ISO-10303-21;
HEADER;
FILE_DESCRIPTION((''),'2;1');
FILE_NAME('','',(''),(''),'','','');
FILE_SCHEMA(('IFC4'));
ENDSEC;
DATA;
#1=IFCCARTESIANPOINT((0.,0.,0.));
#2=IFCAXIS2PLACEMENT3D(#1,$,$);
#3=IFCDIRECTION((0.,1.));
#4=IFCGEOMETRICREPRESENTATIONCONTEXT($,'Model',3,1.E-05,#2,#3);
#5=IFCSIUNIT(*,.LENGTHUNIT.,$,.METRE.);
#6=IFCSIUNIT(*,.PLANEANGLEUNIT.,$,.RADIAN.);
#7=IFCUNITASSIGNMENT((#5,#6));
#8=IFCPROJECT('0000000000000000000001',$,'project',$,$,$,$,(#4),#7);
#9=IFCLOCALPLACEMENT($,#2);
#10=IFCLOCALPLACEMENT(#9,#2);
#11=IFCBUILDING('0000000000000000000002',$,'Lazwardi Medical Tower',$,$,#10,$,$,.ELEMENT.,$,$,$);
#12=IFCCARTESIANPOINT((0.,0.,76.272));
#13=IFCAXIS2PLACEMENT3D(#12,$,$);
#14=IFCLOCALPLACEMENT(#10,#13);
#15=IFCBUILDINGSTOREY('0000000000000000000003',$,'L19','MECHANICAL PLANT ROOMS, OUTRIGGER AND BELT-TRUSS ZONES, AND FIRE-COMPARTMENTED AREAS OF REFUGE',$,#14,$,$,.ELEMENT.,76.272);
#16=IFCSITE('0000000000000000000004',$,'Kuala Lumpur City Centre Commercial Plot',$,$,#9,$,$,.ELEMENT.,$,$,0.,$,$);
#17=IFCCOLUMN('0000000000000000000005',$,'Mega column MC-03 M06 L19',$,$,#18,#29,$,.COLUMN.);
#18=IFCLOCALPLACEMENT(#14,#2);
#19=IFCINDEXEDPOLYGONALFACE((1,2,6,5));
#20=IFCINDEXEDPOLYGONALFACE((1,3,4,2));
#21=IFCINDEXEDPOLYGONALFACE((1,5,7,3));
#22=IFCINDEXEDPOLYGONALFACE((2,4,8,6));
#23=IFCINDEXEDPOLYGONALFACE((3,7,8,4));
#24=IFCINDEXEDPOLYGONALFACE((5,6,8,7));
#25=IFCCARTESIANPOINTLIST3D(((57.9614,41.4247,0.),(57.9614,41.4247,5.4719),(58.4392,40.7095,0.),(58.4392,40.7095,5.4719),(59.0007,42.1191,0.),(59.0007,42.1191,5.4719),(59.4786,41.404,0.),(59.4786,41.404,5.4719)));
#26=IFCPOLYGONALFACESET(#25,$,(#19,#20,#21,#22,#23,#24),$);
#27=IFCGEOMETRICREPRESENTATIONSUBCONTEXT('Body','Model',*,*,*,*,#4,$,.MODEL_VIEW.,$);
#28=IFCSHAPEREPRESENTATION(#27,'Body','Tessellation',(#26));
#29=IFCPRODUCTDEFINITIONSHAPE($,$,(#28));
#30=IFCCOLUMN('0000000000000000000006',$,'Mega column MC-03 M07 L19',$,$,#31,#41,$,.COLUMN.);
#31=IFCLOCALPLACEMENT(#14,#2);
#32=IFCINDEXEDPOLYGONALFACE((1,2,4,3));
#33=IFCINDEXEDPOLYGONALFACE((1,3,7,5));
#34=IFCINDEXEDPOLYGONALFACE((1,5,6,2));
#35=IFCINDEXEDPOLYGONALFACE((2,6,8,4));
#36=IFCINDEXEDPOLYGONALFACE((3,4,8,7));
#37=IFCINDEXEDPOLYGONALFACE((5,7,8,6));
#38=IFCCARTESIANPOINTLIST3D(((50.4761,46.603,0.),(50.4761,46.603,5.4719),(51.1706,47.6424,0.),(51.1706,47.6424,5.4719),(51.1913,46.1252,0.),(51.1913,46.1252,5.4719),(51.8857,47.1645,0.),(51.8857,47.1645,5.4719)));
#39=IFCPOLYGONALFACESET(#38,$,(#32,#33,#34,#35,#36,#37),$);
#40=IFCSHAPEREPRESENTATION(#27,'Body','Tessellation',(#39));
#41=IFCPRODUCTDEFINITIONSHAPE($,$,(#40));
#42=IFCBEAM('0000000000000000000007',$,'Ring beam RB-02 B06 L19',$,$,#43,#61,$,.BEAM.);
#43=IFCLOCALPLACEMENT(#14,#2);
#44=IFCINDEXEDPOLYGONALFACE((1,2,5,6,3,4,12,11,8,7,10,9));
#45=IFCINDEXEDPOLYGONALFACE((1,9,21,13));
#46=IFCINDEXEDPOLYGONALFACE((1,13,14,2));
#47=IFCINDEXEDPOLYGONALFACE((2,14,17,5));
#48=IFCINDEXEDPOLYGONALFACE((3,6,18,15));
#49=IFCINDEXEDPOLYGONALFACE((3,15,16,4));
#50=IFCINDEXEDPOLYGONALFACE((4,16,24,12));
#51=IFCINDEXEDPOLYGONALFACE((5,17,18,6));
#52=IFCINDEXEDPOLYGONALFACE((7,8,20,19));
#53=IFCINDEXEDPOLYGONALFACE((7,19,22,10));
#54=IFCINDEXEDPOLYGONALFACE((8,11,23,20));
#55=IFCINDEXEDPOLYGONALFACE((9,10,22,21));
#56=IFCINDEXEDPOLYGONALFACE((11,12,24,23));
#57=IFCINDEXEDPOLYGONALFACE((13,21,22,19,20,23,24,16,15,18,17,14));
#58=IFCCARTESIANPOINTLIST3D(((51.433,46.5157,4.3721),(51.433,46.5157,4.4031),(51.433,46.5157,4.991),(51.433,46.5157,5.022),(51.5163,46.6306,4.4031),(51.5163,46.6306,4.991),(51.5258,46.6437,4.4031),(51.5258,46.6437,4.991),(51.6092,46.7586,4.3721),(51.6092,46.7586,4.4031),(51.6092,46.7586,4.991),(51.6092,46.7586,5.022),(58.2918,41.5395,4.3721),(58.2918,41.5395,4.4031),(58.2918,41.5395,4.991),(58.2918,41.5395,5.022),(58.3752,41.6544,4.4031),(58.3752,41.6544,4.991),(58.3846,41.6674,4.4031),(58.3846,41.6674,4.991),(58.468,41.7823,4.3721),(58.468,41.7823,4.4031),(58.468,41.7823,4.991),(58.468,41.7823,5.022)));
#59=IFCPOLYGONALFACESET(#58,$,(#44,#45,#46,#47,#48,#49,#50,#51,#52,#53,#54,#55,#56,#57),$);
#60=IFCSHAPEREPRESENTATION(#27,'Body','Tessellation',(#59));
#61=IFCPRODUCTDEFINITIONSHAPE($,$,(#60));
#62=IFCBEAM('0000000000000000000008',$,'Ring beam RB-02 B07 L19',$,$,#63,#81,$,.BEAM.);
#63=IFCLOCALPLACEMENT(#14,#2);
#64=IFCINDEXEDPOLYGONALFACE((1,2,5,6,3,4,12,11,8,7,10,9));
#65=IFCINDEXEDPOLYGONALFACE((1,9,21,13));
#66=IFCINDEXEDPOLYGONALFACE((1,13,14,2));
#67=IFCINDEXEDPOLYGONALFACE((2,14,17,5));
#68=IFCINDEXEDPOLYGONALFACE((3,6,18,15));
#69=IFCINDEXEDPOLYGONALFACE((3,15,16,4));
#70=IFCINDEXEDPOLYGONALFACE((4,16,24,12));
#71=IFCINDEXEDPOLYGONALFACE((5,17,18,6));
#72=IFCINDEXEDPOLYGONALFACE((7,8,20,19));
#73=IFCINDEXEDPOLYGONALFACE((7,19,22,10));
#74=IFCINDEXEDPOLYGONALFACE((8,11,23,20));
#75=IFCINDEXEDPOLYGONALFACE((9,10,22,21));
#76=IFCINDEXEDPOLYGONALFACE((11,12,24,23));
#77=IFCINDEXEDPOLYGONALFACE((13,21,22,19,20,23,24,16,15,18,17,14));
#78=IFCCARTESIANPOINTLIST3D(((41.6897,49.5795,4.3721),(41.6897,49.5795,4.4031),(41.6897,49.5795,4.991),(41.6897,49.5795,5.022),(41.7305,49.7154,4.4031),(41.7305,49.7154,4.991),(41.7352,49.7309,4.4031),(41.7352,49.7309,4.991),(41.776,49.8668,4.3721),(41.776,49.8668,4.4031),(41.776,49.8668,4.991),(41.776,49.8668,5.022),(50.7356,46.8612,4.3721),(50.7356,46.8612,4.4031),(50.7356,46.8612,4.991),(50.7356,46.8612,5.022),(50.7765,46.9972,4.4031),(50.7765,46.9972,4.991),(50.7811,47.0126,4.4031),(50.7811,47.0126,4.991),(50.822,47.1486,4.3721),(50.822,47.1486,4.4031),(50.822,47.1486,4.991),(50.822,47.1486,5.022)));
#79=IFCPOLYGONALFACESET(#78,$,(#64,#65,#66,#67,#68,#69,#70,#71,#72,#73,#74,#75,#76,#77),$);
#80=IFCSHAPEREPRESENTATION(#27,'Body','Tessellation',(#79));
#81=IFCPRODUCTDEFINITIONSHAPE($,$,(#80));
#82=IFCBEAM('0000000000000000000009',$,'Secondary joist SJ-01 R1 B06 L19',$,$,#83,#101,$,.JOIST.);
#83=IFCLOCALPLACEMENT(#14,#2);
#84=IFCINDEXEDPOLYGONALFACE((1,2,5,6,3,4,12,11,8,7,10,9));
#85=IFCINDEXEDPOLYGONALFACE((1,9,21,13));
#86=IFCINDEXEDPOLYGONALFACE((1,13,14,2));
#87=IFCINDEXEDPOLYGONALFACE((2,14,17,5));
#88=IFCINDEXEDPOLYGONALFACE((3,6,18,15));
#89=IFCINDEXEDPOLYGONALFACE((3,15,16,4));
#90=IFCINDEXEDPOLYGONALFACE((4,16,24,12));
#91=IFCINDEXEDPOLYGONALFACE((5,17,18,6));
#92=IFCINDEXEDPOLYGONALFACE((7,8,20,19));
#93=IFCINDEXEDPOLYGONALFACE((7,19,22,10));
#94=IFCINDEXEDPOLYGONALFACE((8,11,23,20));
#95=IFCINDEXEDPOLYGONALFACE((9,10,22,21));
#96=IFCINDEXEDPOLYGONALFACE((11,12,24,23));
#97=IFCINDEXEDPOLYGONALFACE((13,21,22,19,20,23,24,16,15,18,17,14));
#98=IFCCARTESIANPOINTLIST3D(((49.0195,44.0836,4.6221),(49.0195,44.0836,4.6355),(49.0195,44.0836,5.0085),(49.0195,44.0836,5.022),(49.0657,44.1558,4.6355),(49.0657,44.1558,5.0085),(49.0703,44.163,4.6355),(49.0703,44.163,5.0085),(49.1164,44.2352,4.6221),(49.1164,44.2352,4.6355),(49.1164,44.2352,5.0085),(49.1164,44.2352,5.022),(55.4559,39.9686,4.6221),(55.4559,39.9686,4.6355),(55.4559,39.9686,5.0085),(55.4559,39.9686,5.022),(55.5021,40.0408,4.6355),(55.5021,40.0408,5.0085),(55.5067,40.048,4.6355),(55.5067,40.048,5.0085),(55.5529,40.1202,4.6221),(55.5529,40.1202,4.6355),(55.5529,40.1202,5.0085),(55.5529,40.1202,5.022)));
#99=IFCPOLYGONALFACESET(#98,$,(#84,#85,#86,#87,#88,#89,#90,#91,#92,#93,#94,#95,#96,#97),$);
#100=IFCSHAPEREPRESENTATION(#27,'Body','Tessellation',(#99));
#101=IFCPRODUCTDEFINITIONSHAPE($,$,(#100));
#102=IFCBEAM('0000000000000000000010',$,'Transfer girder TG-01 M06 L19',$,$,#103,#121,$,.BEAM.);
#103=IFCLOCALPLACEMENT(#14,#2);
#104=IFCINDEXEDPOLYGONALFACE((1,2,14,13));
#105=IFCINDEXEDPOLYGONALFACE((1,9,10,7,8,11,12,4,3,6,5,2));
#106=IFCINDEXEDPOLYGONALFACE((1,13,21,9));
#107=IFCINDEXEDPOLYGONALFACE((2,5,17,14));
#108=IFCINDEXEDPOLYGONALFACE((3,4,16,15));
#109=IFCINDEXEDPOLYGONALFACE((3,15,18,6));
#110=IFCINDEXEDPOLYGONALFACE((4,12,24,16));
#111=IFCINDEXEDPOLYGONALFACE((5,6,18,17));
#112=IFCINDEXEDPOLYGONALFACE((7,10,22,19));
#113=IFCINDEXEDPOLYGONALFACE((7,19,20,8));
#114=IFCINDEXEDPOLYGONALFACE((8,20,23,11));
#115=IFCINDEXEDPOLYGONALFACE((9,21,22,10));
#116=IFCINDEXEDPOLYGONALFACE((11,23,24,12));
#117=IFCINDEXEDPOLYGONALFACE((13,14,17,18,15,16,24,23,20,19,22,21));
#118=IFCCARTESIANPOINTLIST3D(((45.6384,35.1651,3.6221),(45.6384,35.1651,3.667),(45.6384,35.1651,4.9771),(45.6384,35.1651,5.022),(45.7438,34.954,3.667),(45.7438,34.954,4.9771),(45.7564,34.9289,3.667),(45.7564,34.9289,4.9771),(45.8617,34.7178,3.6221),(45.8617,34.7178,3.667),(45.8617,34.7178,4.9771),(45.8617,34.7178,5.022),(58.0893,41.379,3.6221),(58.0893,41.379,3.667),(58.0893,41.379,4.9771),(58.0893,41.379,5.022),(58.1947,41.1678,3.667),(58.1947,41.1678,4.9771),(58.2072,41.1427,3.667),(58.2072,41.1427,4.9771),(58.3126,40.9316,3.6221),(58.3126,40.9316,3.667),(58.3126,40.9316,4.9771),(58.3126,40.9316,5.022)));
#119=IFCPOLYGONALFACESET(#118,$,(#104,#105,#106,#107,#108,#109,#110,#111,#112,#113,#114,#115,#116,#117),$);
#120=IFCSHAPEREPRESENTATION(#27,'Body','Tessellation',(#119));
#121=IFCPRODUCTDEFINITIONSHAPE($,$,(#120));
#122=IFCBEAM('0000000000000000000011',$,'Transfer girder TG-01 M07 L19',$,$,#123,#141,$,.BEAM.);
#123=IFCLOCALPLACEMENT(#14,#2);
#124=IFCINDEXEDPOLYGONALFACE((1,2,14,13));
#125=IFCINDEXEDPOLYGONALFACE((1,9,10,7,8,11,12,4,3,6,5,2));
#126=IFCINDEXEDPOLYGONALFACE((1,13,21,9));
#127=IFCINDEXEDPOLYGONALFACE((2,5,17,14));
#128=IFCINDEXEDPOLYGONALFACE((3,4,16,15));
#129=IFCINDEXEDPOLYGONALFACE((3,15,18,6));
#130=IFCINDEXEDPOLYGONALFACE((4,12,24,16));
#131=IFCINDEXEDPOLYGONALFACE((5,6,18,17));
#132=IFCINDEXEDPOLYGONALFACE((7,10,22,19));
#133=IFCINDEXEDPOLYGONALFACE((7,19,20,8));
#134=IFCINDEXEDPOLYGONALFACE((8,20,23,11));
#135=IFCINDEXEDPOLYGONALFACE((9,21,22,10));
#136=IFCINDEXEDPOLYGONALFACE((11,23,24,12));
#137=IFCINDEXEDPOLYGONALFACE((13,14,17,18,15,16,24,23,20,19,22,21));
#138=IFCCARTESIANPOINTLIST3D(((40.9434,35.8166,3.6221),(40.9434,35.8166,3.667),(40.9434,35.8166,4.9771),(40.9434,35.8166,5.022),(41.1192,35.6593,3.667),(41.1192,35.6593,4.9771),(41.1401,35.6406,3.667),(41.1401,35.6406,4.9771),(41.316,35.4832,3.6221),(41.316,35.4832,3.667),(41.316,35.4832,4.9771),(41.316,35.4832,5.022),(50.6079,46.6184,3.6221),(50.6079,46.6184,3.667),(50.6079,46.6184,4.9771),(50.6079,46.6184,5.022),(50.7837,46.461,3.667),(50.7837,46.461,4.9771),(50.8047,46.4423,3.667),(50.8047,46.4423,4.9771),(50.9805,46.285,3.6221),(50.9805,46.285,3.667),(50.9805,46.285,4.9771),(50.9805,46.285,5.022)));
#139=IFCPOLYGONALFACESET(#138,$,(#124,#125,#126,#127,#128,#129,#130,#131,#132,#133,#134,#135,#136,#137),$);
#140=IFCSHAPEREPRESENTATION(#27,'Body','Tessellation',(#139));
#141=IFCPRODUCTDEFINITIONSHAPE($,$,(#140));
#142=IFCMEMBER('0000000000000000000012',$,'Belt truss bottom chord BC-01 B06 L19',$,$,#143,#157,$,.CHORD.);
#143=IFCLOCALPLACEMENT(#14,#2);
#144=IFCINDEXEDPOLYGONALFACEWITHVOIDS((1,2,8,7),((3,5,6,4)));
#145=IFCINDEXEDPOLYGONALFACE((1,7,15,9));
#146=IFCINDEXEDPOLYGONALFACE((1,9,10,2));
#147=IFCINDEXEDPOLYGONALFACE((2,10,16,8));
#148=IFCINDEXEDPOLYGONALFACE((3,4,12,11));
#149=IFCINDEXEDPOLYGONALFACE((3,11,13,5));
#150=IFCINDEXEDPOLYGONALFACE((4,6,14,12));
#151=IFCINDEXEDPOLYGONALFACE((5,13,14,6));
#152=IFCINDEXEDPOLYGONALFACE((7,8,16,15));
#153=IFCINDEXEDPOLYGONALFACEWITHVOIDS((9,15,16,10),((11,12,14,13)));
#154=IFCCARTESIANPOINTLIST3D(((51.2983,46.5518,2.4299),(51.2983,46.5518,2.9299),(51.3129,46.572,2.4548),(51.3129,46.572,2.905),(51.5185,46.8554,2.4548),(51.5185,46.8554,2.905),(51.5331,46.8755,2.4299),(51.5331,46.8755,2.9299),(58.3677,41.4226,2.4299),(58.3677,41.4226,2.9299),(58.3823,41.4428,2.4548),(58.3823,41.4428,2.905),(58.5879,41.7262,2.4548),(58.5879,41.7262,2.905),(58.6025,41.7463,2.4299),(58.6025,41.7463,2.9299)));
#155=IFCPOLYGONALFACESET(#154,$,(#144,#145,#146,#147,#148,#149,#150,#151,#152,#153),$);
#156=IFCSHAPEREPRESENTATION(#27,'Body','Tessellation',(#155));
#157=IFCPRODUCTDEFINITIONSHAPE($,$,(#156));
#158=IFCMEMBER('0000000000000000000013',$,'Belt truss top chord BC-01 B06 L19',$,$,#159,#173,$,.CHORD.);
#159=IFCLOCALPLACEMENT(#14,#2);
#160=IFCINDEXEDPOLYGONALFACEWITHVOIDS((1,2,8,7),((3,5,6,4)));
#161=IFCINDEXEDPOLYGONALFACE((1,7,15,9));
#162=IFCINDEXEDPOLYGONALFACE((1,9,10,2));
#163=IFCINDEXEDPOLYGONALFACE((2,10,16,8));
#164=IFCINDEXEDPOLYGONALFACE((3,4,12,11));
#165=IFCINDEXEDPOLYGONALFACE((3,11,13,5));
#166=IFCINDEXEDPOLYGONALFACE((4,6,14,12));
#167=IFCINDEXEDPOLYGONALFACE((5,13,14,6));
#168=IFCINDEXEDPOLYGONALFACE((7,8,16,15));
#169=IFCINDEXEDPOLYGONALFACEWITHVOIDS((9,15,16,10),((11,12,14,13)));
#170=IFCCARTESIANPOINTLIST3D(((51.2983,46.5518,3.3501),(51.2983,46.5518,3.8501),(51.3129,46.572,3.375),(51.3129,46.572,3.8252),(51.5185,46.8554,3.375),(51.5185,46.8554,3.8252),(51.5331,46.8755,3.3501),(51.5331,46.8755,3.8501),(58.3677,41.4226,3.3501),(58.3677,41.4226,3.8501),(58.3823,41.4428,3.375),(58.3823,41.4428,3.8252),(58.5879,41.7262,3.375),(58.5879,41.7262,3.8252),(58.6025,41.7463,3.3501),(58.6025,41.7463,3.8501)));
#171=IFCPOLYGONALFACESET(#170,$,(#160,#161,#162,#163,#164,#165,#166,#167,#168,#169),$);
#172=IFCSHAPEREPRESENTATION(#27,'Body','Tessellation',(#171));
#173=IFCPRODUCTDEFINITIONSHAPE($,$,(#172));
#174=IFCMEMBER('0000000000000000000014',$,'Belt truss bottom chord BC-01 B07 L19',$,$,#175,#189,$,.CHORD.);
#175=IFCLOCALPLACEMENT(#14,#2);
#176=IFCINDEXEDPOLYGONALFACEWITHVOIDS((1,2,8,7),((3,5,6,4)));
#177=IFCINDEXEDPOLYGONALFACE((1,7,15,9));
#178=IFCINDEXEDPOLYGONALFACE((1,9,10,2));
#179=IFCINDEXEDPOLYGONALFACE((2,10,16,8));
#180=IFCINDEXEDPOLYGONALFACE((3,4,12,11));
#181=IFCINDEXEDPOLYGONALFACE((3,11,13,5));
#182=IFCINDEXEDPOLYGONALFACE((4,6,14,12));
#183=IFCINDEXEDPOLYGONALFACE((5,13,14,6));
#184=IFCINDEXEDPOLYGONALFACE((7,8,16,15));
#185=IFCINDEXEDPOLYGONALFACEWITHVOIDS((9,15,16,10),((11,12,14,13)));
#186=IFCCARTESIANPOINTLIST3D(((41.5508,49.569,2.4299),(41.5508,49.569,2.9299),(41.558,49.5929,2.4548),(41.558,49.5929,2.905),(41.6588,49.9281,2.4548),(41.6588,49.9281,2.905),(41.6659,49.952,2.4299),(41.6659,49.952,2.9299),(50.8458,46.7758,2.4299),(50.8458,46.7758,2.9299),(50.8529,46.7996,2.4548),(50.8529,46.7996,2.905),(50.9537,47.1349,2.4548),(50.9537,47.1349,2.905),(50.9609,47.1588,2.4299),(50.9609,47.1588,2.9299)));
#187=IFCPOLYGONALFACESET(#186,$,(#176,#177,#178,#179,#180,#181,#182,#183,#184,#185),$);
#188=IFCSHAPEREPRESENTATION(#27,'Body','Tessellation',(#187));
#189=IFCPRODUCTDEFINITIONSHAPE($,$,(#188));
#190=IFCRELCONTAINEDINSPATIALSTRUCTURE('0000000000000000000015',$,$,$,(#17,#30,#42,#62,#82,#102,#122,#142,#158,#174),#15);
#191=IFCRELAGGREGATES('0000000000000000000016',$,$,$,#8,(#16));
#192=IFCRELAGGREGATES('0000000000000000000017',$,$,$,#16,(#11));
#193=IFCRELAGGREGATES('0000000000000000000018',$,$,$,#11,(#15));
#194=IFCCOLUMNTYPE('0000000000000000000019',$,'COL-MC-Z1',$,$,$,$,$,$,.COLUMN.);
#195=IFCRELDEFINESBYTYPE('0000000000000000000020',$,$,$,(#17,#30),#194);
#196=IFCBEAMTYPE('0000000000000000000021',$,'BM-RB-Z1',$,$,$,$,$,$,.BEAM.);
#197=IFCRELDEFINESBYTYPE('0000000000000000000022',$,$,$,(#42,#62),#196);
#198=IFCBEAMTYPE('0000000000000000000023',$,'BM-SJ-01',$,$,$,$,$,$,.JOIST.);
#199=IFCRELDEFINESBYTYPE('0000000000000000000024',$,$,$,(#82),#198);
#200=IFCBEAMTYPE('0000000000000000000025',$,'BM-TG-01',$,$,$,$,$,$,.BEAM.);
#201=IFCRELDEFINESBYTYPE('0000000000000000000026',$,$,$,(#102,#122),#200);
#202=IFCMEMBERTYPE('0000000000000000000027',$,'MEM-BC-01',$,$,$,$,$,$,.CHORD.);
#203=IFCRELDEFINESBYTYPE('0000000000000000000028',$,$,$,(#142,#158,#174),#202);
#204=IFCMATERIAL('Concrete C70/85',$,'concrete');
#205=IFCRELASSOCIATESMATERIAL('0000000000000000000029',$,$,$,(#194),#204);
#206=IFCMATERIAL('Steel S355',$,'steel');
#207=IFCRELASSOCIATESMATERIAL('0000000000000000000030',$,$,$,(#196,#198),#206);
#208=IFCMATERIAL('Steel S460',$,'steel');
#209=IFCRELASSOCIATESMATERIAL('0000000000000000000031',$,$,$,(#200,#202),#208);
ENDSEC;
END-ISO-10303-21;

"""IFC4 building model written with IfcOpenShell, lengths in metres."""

from ifc_helpers import new_model, si_unit, direction, frame, origin, origin_2d, place, context, subcontext, project, spatial, rectangle, hollow_rectangle, i_section, extrude, material, material_profile, profile_set, type_object, element, save


model = new_model("IFC4")

# Units and contexts
model_context = context("Model", 3, precision=1e-05, world=origin(), true_north=direction((0.0, 1.0)))
body_context = subcontext(model_context, "Body", "Model", "MODEL_VIEW")
ifc_project = project(units=[si_unit("LENGTHUNIT", "METRE"), si_unit("PLANEANGLEUNIT", "RADIAN")], contexts=[model_context])

# Site, building, storey
site_placement = place(None, origin())
site = spatial("IfcSite", under=ifc_project, at=site_placement, Name="Kuala Lumpur City Centre Commercial Plot", CompositionType="ELEMENT", RefElevation=0.0)
building_placement = place(site_placement, origin())
building = spatial("IfcBuilding", under=site, at=building_placement, Name="Lazwardi Medical Tower", CompositionType="ELEMENT")
storey_placement = place(building_placement, frame((0.0, 0.0, 76.272)))
storey = spatial("IfcBuildingStorey", under=building, at=storey_placement, Name="L19", Description="MECHANICAL PLANT ROOMS, OUTRIGGER AND BELT-TRUSS ZONES, AND FIRE-COMPARTMENTED AREAS OF REFUGE", CompositionType="ELEMENT", Elevation=76.272)

# Columns
ifc_material_1 = material(Name="Concrete C70/85", Category="concrete")
ifc_material_profile_1 = material_profile(ifc_material_1, rectangle(XDim=1.25, YDim=0.8601, at=origin_2d()), Name="CFT-RECT 1250x860")
ifc_profile_set_1 = profile_set([ifc_material_profile_1], Name="Concrete C70/85")
column_type = type_object("IfcColumnType", Name="COL-MC-Z1", PredefinedType="COLUMN", material=ifc_profile_set_1)
for number, where, z_axis, x_axis, name in (
    (1, (58.72, 41.4143, 0.0), (0.0, 0.0, 1.0), (0.83147, 0.55557, 0.0), "Mega column MC-03 M06 L19"),
    (2, (51.1809, 46.8838, 0.0), (0.0, 0.0, 1.0), (0.55557, 0.83147, 0.0), "Mega column MC-03 M07 L19"),
):
    element("IfcColumn", number, at=place(storey_placement, frame(where, z_axis=z_axis, x_axis=x_axis)), inside=storey, type_object=column_type, Name=name, PredefinedType="COLUMN", context=body_context, shape_type="SweptSolid", body=[
        extrude(rectangle(XDim=1.25, YDim=0.8601, at=origin_2d()), origin(), (0.0, 0.0, 1.0), 5.4719),
    ])

# Beams
ifc_material_2 = material(Name="Steel S355", Category="steel")
ifc_material_profile_2 = material_profile(ifc_material_2, i_section(OverallWidth=0.3, OverallDepth=0.6499, WebThickness=0.0161, FlangeThickness=0.031, at=origin_2d()), Name="HEB 650")
ifc_profile_set_2 = profile_set([ifc_material_profile_2], Name="Steel S355")
beam_type_1 = type_object("IfcBeamType", Name="BM-RB-Z1", PredefinedType="BEAM", material=ifc_profile_set_2)
beam_1_placement = place(storey_placement, frame((58.3799, 41.6609, 4.697), z_axis=(-0.809407, 0.587248, 0.0), x_axis=(-0.587248, -0.809407, 0.0)))
element("IfcBeam", 3, at=beam_1_placement, inside=storey, type_object=beam_type_1, Name="Ring beam RB-02 B06 L19", PredefinedType="BEAM", context=body_context, shape_type="SweptSolid", body=[
    extrude(i_section(OverallWidth=0.3, OverallDepth=0.6499, WebThickness=0.0161, FlangeThickness=0.031, at=origin_2d()), origin(), (0.0, 0.0, 1.0), 8.4739),
])
beam_2_placement = place(storey_placement, frame((50.7788, 47.0049, 4.697), z_axis=(-0.957695, 0.287784, 0.0), x_axis=(-0.287784, -0.957695, 0.0)))
element("IfcBeam", 4, at=beam_2_placement, inside=storey, type_object=beam_type_1, Name="Ring beam RB-02 B07 L19", PredefinedType="BEAM", context=body_context, shape_type="SweptSolid", body=[
    extrude(i_section(OverallWidth=0.3, OverallDepth=0.6499, WebThickness=0.0161, FlangeThickness=0.031, at=origin_2d()), origin(), (0.0, 0.0, 1.0), 9.4456),
])
ifc_material_profile_3 = material_profile(ifc_material_2, i_section(OverallWidth=0.1799, OverallDepth=0.3999, WebThickness=0.0085, FlangeThickness=0.0134, at=origin_2d()), Name="IPE 400")
ifc_profile_set_3 = profile_set([ifc_material_profile_3], Name="Steel S355")
beam_type_2 = type_object("IfcBeamType", Name="BM-SJ-01", PredefinedType="JOIST", material=ifc_profile_set_3)
beam_3_placement = place(storey_placement, frame((55.5044, 40.0444, 4.822), z_axis=(-0.842532, 0.538646, 0.0), x_axis=(-0.538646, -0.842532, 0.0)))
element("IfcBeam", 5, at=beam_3_placement, inside=storey, type_object=beam_type_2, Name="Secondary joist SJ-01 R1 B06 L19", PredefinedType="JOIST", context=body_context, shape_type="SweptSolid", body=[
    extrude(i_section(OverallWidth=0.1799, OverallDepth=0.3999, WebThickness=0.0085, FlangeThickness=0.0134, at=origin_2d()), origin(), (0.0, 0.0, 1.0), 7.6394),
])
ifc_material_3 = material(Name="Steel S460", Category="steel")
ifc_material_profile_4 = material_profile(ifc_material_3, i_section(OverallWidth=0.5, OverallDepth=1.3999, WebThickness=0.0281, FlangeThickness=0.0449, at=origin_2d()), Name="PG 1400x500")
ifc_profile_set_4 = profile_set([ifc_material_profile_4], Name="Steel S460")
beam_type_3 = type_object("IfcBeamType", Name="BM-TG-01", PredefinedType="BEAM", material=ifc_profile_set_4)
beam_4_placement = place(storey_placement, frame((58.2009, 41.1553, 4.322), z_axis=(-0.89476, -0.446547, 0.0), x_axis=(0.446547, -0.89476, 0.0)))
element("IfcBeam", 6, at=beam_4_placement, inside=storey, type_object=beam_type_3, Name="Transfer girder TG-01 M06 L19", PredefinedType="BEAM", context=body_context, shape_type="SweptSolid", body=[
    extrude(i_section(OverallWidth=0.5, OverallDepth=1.3999, WebThickness=0.0281, FlangeThickness=0.0449, at=origin_2d()), origin(), (0.0, 0.0, 1.0), 13.9153),
])
beam_5_placement = place(storey_placement, frame((50.7942, 46.4517, 4.322), z_axis=(-0.666788, -0.745247, 0.0), x_axis=(0.745247, -0.666788, 0.0)))
element("IfcBeam", 7, at=beam_5_placement, inside=storey, type_object=beam_type_3, Name="Transfer girder TG-01 M07 L19", PredefinedType="BEAM", context=body_context, shape_type="SweptSolid", body=[
    extrude(i_section(OverallWidth=0.5, OverallDepth=1.3999, WebThickness=0.0281, FlangeThickness=0.0449, at=origin_2d()), origin(), (0.0, 0.0, 1.0), 14.4941),
])

# Members
ifc_material_profile_5 = material_profile(ifc_material_3, hollow_rectangle(XDim=0.3999, YDim=0.5, WallThickness=0.0249, at=origin_2d()), Name="RHS 500x400x25")
ifc_profile_set_5 = profile_set([ifc_material_profile_5], Name="Steel S460")
member_type_1 = type_object("IfcMemberType", Name="MEM-BC-01", PredefinedType="CHORD", material=ifc_profile_set_5)
for number, where, z_axis, x_axis, name in (
    (8, (58.4851, 41.5845, 2.6799), (-0.809399, 0.587259, 0.0), (-0.587259, -0.809399, 0.0), "Belt truss bottom chord BC-01 B06 L19"),
    (9, (58.4851, 41.5845, 3.6001), (-0.809399, 0.587259, 0.0), (-0.587259, -0.809399, 0.0), "Belt truss top chord BC-01 B06 L19"),
):
    element("IfcMember", number, at=place(storey_placement, frame(where, z_axis=z_axis, x_axis=x_axis)), inside=storey, type_object=member_type_1, Name=name, PredefinedType="CHORD", context=body_context, shape_type="SweptSolid", body=[
        extrude(hollow_rectangle(XDim=0.3999, YDim=0.5, WallThickness=0.0249, at=origin_2d()), origin(), (0.0, 0.0, 1.0), 8.7341),
    ])
for number, where, z_axis, x_axis, name in (
    (10, (50.9033, 46.9673, 2.6799), (-0.957692, 0.287796, 0.0), (-0.287796, -0.957692, 0.0), "Belt truss bottom chord BC-01 B07 L19"),
):
    element("IfcMember", number, at=place(storey_placement, frame(where, z_axis=z_axis, x_axis=x_axis)), inside=storey, type_object=member_type_1, Name=name, PredefinedType="CHORD", context=body_context, shape_type="SweptSolid", body=[
        extrude(hollow_rectangle(XDim=0.3999, YDim=0.5, WallThickness=0.0249, at=origin_2d()), origin(), (0.0, 0.0, 1.0), 9.7056),
    ])

save(model, "model.ifc")
